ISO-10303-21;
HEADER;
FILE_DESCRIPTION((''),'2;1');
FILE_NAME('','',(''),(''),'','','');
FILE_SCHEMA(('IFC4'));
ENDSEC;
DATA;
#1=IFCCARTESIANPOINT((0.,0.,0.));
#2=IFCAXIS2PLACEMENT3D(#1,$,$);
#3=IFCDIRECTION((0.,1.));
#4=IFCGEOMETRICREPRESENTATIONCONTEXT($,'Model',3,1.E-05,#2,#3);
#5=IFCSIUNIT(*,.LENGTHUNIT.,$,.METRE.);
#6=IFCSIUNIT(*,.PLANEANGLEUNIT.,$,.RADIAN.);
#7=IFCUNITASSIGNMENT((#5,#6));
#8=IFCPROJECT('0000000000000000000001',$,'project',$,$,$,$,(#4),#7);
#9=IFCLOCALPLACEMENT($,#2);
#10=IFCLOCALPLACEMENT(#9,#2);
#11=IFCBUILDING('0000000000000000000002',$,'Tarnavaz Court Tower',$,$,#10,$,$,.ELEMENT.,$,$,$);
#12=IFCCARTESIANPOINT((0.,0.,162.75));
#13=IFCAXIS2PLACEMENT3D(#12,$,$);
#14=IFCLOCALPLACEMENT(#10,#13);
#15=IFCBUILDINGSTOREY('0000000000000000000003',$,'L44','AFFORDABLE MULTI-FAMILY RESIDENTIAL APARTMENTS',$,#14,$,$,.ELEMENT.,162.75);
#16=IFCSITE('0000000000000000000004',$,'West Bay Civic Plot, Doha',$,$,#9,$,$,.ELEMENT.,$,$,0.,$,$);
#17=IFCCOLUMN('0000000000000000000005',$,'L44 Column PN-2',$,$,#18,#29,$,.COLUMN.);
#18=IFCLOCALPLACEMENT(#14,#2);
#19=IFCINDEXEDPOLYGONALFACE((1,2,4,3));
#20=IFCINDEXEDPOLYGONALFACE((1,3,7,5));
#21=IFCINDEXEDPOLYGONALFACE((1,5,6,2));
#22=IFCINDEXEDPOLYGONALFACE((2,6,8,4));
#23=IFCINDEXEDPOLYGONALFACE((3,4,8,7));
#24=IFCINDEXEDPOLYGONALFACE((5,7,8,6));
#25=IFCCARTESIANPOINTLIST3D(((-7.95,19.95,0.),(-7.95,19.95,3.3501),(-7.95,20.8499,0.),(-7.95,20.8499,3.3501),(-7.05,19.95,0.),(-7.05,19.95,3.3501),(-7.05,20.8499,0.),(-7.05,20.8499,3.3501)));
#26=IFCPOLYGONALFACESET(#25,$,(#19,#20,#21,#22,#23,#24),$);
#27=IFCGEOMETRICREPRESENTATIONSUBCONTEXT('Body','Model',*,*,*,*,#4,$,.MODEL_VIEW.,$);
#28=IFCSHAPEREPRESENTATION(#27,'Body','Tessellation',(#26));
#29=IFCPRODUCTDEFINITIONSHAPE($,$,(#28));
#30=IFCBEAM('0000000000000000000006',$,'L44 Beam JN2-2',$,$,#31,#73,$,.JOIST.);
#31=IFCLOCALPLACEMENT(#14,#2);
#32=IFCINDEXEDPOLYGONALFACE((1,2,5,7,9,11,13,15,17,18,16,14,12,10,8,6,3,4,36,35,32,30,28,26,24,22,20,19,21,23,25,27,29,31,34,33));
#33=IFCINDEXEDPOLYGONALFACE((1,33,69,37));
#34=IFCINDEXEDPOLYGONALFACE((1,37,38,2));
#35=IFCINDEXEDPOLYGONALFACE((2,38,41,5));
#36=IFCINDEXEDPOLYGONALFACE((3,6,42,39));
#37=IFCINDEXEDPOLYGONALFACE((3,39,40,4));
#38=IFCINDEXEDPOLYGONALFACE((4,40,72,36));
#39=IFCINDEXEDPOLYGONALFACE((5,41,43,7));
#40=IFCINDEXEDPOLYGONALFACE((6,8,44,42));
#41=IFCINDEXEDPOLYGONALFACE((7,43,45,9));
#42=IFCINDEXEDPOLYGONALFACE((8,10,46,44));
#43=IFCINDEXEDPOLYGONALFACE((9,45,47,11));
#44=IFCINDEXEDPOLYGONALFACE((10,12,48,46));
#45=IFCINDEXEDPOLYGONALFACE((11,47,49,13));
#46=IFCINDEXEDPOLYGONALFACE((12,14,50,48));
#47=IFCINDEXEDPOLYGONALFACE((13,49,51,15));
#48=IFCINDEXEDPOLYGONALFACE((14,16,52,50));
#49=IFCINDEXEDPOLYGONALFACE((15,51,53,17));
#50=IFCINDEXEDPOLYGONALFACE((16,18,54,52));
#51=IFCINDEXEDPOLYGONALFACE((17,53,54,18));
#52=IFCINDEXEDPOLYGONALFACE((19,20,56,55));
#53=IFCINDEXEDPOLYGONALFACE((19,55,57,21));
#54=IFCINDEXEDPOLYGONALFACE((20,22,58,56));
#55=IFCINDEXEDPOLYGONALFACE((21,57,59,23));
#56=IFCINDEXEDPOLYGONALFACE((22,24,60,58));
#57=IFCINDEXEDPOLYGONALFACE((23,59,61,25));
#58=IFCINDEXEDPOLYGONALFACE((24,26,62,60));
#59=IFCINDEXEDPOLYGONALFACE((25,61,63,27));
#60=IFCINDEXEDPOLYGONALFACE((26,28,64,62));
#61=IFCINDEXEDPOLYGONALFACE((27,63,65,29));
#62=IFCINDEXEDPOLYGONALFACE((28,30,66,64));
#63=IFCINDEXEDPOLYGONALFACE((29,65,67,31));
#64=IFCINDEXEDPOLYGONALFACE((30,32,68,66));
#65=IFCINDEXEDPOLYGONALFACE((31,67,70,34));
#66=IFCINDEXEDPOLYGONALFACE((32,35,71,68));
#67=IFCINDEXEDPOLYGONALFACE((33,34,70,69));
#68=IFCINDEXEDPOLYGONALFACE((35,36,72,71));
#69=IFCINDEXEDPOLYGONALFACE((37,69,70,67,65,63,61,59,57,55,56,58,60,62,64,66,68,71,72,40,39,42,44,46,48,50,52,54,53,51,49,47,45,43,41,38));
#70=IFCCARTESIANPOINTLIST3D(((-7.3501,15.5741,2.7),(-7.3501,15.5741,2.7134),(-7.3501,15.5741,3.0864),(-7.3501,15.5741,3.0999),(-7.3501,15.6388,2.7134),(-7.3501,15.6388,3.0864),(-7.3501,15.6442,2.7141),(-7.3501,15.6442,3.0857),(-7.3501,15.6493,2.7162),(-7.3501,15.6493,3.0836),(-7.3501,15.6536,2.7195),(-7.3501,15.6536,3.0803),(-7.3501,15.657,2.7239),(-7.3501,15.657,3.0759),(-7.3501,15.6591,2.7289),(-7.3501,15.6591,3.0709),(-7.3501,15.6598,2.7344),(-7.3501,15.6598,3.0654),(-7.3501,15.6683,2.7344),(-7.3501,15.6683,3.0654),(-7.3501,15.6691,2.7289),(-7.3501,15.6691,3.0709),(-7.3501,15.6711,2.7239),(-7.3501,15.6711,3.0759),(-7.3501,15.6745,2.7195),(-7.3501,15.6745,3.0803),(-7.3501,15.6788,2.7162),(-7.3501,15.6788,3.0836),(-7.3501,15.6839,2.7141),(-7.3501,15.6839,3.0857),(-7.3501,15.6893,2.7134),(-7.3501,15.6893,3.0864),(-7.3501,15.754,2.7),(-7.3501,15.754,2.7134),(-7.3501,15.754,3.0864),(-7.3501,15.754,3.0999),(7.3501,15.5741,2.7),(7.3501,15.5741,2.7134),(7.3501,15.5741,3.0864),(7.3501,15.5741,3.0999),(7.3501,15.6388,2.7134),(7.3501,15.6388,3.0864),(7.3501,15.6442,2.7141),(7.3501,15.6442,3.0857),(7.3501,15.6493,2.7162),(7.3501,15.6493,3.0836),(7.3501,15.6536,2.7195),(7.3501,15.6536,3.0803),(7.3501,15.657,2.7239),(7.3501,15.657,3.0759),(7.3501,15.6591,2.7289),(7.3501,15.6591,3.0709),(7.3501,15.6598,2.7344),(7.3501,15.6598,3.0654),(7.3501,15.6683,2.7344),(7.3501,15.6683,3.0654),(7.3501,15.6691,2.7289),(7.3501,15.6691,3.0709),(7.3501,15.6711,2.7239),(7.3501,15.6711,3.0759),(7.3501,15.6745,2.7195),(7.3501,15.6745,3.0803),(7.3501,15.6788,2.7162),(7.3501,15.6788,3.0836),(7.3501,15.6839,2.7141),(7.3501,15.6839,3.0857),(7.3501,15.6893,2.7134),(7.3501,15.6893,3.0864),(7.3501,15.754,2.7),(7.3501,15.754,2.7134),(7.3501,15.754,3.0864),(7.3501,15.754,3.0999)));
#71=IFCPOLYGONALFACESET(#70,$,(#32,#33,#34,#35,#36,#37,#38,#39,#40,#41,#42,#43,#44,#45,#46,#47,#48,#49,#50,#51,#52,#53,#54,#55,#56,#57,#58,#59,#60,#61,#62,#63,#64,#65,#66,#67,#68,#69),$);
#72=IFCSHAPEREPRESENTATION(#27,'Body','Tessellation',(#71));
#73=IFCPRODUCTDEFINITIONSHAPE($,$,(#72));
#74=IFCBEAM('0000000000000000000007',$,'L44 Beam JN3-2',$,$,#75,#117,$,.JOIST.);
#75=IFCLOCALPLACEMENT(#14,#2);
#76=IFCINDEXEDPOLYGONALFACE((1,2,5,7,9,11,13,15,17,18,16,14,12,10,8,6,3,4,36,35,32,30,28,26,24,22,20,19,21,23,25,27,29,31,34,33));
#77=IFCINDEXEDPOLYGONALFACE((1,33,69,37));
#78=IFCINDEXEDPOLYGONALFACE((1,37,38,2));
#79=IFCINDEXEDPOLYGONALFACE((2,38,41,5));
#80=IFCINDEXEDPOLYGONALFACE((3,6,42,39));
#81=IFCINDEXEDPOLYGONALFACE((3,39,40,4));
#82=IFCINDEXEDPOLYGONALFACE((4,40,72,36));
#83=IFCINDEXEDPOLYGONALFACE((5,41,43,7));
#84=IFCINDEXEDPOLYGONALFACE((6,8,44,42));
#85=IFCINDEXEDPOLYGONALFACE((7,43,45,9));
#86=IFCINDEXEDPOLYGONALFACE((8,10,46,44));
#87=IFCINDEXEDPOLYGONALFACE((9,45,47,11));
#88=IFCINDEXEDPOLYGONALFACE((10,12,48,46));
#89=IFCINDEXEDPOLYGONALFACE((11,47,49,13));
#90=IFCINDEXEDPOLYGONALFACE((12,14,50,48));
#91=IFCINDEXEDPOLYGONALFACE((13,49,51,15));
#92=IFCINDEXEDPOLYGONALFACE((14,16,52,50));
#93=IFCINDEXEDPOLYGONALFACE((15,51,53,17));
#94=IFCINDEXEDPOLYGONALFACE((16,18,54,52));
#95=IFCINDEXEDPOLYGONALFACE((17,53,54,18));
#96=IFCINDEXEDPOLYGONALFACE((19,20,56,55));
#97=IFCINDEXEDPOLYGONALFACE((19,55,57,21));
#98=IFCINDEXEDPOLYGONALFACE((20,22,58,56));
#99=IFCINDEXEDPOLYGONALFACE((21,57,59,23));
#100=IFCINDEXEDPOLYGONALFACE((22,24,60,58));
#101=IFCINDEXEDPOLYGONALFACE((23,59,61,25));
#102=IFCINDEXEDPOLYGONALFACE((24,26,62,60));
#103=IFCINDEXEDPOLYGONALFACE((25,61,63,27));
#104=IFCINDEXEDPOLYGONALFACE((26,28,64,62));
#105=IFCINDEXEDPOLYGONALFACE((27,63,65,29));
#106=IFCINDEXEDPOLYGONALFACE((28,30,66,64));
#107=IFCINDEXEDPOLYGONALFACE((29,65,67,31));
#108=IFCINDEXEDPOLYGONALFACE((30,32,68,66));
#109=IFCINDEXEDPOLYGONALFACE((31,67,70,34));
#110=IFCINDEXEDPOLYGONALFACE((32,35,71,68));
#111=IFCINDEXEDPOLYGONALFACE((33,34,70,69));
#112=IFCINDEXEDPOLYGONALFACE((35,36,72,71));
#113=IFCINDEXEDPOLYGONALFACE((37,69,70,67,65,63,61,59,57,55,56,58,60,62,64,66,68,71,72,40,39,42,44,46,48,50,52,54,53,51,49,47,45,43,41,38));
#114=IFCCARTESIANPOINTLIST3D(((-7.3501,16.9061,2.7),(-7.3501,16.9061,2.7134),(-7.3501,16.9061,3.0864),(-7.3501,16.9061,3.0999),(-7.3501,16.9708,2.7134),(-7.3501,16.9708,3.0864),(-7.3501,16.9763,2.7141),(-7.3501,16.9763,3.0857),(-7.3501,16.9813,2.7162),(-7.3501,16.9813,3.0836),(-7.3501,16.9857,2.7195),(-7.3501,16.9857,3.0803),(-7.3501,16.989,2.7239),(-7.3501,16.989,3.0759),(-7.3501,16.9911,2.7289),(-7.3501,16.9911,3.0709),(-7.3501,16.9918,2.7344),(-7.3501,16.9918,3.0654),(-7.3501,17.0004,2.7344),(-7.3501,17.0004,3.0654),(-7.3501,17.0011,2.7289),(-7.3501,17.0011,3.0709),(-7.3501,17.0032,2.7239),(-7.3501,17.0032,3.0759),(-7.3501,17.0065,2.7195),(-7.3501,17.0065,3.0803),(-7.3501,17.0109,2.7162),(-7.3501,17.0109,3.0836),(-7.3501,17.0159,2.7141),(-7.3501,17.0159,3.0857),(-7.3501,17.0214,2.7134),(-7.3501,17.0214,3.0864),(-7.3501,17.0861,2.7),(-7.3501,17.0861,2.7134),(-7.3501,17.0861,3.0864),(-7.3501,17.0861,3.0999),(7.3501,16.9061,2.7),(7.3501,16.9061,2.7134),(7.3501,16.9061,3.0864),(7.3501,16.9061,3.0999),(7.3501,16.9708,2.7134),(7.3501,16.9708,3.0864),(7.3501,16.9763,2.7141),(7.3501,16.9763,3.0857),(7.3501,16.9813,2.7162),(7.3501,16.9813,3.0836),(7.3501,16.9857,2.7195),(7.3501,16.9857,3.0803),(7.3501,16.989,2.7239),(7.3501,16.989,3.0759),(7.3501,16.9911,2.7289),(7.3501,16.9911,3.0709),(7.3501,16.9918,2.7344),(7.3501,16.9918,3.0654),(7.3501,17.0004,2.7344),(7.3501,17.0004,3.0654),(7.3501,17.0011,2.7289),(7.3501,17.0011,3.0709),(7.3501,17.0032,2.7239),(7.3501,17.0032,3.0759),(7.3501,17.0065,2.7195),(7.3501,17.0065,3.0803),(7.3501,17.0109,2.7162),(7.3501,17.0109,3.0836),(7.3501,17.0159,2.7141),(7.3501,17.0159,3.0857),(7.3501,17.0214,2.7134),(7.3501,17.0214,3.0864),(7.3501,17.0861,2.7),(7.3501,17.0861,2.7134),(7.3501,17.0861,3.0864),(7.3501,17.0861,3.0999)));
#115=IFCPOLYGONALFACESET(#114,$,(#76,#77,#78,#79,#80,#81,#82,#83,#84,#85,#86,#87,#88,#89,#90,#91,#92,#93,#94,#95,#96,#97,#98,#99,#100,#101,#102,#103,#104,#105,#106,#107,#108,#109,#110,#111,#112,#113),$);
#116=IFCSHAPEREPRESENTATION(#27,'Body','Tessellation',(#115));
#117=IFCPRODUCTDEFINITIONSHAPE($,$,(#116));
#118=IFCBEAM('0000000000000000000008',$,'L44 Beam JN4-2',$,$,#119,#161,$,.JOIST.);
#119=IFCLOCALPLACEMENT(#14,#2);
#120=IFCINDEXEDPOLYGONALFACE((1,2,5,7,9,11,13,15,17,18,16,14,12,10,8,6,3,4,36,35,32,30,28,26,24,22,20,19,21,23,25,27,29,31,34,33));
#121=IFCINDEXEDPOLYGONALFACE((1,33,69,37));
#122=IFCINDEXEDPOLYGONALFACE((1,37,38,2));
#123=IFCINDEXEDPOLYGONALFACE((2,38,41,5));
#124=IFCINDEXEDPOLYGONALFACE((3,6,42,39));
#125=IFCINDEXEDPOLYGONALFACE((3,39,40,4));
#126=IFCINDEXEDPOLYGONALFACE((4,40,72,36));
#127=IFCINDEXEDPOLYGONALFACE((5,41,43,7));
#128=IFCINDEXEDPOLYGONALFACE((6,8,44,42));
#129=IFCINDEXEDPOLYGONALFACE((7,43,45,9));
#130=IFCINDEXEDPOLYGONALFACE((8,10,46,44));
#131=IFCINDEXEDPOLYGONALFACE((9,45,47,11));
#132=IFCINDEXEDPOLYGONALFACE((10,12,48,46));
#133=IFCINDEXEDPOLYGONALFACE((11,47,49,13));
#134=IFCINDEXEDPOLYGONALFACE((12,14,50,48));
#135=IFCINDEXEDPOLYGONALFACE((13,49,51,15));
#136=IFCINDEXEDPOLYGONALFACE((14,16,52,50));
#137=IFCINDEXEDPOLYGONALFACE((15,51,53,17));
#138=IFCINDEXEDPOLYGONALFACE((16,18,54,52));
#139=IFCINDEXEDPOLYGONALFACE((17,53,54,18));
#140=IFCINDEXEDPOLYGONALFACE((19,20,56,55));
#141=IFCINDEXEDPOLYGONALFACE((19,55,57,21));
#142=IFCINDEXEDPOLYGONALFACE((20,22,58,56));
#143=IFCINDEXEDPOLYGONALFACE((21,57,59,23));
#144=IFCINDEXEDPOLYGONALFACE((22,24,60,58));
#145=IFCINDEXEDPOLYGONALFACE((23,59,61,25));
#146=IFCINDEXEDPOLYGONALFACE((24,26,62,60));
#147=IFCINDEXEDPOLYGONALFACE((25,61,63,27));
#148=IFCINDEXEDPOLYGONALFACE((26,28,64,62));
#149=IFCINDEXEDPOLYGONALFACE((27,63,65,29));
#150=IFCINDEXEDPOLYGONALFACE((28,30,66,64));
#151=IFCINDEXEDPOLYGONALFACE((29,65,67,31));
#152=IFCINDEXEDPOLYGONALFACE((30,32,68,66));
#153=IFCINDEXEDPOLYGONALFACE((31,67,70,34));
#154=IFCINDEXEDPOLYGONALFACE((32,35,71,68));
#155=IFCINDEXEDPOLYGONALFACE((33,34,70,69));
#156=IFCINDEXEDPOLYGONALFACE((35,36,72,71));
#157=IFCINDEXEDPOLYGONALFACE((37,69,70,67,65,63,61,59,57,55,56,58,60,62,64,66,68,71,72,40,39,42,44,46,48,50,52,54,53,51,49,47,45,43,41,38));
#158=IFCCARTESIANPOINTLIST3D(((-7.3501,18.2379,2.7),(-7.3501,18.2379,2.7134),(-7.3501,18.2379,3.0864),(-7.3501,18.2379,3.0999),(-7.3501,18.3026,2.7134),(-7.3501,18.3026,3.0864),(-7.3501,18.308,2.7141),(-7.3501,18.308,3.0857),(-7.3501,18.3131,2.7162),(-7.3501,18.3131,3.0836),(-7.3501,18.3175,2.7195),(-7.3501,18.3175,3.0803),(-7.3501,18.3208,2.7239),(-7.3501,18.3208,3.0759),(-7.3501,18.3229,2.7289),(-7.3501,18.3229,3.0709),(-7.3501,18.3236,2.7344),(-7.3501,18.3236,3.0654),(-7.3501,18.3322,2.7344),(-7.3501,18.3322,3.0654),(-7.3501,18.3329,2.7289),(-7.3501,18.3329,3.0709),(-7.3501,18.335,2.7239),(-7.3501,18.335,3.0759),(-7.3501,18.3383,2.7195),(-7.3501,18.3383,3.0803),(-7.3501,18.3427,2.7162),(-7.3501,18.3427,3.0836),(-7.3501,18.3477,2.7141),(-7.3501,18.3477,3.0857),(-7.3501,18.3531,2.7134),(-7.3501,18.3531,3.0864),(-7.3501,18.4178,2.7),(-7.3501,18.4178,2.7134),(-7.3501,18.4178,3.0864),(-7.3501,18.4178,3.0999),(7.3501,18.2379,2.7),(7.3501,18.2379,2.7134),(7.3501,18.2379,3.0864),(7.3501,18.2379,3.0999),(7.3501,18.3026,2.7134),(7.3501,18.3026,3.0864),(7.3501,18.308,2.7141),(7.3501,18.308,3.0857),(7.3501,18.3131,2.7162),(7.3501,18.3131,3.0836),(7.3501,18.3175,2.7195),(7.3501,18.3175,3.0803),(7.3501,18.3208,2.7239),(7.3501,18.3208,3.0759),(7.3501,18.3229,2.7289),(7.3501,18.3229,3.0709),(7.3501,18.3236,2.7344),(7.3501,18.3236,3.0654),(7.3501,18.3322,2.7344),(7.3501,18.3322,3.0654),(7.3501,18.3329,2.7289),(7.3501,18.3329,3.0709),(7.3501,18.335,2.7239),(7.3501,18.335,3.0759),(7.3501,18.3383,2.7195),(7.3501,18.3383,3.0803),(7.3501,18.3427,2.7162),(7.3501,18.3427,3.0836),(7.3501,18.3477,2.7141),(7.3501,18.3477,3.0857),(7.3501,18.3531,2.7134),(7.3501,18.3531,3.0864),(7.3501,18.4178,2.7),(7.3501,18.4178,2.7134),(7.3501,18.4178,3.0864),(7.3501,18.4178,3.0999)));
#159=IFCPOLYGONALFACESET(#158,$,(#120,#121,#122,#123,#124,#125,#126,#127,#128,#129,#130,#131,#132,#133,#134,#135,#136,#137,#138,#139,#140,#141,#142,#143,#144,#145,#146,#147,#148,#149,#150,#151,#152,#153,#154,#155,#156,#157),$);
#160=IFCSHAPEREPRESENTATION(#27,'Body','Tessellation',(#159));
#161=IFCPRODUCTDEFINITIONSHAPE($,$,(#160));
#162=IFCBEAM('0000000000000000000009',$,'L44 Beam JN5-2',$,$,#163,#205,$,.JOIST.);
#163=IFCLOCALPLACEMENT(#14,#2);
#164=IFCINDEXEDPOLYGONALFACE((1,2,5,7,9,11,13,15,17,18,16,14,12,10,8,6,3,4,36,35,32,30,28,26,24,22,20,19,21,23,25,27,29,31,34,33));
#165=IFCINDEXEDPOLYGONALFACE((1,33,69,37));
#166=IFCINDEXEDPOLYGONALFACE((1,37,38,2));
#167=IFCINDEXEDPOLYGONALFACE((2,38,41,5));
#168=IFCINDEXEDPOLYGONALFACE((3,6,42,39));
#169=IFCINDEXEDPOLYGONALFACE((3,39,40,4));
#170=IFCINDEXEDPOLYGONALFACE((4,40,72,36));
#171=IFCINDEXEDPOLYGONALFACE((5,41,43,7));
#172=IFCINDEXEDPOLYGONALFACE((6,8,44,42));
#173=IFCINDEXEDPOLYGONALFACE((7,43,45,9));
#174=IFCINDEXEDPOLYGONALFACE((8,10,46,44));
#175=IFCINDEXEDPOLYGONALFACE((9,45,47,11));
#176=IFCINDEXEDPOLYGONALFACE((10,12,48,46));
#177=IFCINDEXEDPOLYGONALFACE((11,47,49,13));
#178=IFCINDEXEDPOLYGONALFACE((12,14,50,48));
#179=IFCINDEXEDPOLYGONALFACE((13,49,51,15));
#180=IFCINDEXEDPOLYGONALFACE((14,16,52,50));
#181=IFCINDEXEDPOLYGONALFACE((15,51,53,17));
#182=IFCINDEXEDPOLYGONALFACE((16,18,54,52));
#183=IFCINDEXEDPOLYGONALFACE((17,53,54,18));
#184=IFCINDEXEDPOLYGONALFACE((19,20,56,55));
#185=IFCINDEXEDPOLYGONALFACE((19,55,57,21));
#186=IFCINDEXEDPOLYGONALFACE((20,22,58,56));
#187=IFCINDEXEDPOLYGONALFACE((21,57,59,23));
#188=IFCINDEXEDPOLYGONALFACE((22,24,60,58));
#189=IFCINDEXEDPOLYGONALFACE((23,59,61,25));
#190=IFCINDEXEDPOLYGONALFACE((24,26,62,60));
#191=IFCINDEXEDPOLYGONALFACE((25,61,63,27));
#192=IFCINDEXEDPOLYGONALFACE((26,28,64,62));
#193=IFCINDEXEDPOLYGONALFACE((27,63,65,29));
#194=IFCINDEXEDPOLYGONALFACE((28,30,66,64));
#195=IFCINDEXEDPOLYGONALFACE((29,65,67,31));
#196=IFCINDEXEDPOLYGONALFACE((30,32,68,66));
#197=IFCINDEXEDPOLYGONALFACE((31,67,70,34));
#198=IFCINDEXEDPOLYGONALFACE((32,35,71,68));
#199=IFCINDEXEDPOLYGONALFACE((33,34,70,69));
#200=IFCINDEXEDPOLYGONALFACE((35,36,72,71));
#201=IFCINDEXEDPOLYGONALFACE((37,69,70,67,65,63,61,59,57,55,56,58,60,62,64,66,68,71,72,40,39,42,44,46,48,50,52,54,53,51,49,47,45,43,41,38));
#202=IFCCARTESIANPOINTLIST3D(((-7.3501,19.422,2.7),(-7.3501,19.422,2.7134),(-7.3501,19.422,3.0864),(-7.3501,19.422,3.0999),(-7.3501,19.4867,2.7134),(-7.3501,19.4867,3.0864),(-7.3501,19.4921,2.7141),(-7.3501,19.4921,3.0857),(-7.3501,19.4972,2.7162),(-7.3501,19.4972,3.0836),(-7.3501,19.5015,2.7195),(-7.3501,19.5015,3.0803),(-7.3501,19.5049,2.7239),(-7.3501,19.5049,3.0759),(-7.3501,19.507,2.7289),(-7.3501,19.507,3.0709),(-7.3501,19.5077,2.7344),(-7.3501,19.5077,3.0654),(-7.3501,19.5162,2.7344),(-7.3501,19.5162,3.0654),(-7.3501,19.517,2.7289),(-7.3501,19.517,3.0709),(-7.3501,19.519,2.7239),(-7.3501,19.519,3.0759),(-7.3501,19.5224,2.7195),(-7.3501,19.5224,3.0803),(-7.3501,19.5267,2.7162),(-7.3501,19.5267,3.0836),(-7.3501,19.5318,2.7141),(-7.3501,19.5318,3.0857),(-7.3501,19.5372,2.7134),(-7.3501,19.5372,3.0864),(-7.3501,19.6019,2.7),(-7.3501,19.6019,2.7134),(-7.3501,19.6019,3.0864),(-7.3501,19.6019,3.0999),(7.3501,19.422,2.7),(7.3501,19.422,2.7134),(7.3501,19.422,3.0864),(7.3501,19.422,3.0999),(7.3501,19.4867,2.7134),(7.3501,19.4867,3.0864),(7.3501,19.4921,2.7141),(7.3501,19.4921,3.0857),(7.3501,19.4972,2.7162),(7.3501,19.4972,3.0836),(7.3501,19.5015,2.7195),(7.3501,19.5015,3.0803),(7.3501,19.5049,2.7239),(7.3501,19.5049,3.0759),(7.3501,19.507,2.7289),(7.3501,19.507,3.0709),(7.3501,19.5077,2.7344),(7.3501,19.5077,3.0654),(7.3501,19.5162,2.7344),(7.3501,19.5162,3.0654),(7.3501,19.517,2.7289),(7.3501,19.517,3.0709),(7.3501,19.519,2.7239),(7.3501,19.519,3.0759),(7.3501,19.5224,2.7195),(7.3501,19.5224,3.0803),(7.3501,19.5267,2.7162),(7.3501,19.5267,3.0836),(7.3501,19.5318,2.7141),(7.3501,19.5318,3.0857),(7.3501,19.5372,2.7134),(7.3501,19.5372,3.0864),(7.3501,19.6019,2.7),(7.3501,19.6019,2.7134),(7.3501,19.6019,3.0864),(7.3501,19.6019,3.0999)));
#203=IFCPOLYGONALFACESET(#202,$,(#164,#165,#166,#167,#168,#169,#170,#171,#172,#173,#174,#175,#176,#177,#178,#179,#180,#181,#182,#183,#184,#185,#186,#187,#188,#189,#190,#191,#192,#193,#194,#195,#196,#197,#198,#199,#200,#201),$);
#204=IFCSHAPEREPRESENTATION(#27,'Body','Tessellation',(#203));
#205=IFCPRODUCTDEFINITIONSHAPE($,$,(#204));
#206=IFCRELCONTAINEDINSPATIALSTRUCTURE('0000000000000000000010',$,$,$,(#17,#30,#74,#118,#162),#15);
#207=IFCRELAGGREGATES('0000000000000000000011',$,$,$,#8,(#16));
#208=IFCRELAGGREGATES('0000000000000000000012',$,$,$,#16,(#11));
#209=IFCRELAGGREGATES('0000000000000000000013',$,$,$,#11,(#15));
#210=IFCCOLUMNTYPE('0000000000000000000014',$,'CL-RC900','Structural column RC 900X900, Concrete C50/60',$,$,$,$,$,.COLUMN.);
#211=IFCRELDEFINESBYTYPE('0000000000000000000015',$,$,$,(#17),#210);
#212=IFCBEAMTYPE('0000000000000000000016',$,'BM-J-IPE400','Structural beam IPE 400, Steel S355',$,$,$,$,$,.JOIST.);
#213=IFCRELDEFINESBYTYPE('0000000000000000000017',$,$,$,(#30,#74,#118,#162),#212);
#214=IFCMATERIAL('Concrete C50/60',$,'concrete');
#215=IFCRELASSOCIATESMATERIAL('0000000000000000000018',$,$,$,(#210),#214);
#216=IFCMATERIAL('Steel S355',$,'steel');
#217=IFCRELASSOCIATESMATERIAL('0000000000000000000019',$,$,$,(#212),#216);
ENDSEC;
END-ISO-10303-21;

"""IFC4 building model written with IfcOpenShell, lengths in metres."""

from ifc_helpers import new_model, si_unit, direction, frame, origin, origin_2d, place, context, subcontext, project, spatial, rectangle, i_section, extrude, material, material_profile, profile_set, type_object, element, save


model = new_model("IFC4")

# Units and contexts
model_context = context("Model", 3, precision=1e-05, world=origin(), true_north=direction((0.0, 1.0)))
body_context = subcontext(model_context, "Body", "Model", "MODEL_VIEW")
ifc_project = project(units=[si_unit("LENGTHUNIT", "METRE"), si_unit("PLANEANGLEUNIT", "RADIAN")], contexts=[model_context])

# Site, building, storey
site_placement = place(None, origin())
site = spatial("IfcSite", under=ifc_project, at=site_placement, Name="West Bay Civic Plot, Doha", CompositionType="ELEMENT", RefElevation=0.0)
building_placement = place(site_placement, origin())
building = spatial("IfcBuilding", under=site, at=building_placement, Name="Tarnavaz Court Tower", CompositionType="ELEMENT")
storey_placement = place(building_placement, frame((0.0, 0.0, 162.75)))
storey = spatial("IfcBuildingStorey", under=building, at=storey_placement, Name="L44", Description="AFFORDABLE MULTI-FAMILY RESIDENTIAL APARTMENTS", CompositionType="ELEMENT", Elevation=162.75)

# Column
ifc_material_1 = material(Name="Concrete C50/60", Category="concrete")
ifc_material_profile_1 = material_profile(ifc_material_1, rectangle(XDim=0.8999, YDim=0.8999, at=origin_2d()), Name="RC 900X900")
ifc_profile_set_1 = profile_set([ifc_material_profile_1], Name="Concrete C50/60")
column_type = type_object("IfcColumnType", Name="CL-RC900", Description="Structural column RC 900X900, Concrete C50/60", PredefinedType="COLUMN", material=ifc_profile_set_1)
column_placement = place(storey_placement, frame((-7.5, 20.3999, 0.0), z_axis=(0.0, 0.0, 1.0), x_axis=(1.0, 0.0, 0.0)))
element("IfcColumn", 1, at=column_placement, inside=storey, type_object=column_type, Name="L44 Column PN-2", PredefinedType="COLUMN", context=body_context, shape_type="SweptSolid", body=[
    extrude(rectangle(XDim=0.8999, YDim=0.8999, at=origin_2d()), origin(), (0.0, 0.0, 1.0), 3.3501),
])

# Beams
ifc_material_2 = material(Name="Steel S355", Category="steel")
ifc_material_profile_2 = material_profile(ifc_material_2, i_section(OverallWidth=0.1799, OverallDepth=0.3999, WebThickness=0.0085, FlangeThickness=0.0134, FilletRadius=0.021, at=origin_2d()), Name="IPE 400")
ifc_profile_set_2 = profile_set([ifc_material_profile_2], Name="Steel S355")
beam_type_1 = type_object("IfcBeamType", Name="BM-J-IPE400", Description="Structural beam IPE 400, Steel S355", PredefinedType="JOIST", material=ifc_profile_set_2)
for number, where, z_axis, x_axis, name in (
    (2, (-7.3501, 15.6641, 2.8999), (1.0, 0.0, 0.0), (0.0, 1.0, 0.0), "L44 Beam JN2-2"),
    (3, (-7.3501, 16.9961, 2.8999), (1.0, 0.0, 0.0), (0.0, 1.0, 0.0), "L44 Beam JN3-2"),
    (4, (-7.3501, 18.3279, 2.8999), (1.0, 0.0, 0.0), (0.0, 1.0, 0.0), "L44 Beam JN4-2"),
    (5, (-7.3501, 19.512, 2.8999), (1.0, 0.0, 0.0), (0.0, 1.0, 0.0), "L44 Beam JN5-2"),
):
    element("IfcBeam", number, at=place(storey_placement, frame(where, z_axis=z_axis, x_axis=x_axis)), inside=storey, type_object=beam_type_1, Name=name, PredefinedType="JOIST", context=body_context, shape_type="SweptSolid", body=[
        extrude(i_section(OverallWidth=0.1799, OverallDepth=0.3999, WebThickness=0.0085, FlangeThickness=0.0134, FilletRadius=0.021, at=origin_2d()), origin(), (0.0, 0.0, 1.0), 14.7002),
    ])

save(model, "model.ifc")
